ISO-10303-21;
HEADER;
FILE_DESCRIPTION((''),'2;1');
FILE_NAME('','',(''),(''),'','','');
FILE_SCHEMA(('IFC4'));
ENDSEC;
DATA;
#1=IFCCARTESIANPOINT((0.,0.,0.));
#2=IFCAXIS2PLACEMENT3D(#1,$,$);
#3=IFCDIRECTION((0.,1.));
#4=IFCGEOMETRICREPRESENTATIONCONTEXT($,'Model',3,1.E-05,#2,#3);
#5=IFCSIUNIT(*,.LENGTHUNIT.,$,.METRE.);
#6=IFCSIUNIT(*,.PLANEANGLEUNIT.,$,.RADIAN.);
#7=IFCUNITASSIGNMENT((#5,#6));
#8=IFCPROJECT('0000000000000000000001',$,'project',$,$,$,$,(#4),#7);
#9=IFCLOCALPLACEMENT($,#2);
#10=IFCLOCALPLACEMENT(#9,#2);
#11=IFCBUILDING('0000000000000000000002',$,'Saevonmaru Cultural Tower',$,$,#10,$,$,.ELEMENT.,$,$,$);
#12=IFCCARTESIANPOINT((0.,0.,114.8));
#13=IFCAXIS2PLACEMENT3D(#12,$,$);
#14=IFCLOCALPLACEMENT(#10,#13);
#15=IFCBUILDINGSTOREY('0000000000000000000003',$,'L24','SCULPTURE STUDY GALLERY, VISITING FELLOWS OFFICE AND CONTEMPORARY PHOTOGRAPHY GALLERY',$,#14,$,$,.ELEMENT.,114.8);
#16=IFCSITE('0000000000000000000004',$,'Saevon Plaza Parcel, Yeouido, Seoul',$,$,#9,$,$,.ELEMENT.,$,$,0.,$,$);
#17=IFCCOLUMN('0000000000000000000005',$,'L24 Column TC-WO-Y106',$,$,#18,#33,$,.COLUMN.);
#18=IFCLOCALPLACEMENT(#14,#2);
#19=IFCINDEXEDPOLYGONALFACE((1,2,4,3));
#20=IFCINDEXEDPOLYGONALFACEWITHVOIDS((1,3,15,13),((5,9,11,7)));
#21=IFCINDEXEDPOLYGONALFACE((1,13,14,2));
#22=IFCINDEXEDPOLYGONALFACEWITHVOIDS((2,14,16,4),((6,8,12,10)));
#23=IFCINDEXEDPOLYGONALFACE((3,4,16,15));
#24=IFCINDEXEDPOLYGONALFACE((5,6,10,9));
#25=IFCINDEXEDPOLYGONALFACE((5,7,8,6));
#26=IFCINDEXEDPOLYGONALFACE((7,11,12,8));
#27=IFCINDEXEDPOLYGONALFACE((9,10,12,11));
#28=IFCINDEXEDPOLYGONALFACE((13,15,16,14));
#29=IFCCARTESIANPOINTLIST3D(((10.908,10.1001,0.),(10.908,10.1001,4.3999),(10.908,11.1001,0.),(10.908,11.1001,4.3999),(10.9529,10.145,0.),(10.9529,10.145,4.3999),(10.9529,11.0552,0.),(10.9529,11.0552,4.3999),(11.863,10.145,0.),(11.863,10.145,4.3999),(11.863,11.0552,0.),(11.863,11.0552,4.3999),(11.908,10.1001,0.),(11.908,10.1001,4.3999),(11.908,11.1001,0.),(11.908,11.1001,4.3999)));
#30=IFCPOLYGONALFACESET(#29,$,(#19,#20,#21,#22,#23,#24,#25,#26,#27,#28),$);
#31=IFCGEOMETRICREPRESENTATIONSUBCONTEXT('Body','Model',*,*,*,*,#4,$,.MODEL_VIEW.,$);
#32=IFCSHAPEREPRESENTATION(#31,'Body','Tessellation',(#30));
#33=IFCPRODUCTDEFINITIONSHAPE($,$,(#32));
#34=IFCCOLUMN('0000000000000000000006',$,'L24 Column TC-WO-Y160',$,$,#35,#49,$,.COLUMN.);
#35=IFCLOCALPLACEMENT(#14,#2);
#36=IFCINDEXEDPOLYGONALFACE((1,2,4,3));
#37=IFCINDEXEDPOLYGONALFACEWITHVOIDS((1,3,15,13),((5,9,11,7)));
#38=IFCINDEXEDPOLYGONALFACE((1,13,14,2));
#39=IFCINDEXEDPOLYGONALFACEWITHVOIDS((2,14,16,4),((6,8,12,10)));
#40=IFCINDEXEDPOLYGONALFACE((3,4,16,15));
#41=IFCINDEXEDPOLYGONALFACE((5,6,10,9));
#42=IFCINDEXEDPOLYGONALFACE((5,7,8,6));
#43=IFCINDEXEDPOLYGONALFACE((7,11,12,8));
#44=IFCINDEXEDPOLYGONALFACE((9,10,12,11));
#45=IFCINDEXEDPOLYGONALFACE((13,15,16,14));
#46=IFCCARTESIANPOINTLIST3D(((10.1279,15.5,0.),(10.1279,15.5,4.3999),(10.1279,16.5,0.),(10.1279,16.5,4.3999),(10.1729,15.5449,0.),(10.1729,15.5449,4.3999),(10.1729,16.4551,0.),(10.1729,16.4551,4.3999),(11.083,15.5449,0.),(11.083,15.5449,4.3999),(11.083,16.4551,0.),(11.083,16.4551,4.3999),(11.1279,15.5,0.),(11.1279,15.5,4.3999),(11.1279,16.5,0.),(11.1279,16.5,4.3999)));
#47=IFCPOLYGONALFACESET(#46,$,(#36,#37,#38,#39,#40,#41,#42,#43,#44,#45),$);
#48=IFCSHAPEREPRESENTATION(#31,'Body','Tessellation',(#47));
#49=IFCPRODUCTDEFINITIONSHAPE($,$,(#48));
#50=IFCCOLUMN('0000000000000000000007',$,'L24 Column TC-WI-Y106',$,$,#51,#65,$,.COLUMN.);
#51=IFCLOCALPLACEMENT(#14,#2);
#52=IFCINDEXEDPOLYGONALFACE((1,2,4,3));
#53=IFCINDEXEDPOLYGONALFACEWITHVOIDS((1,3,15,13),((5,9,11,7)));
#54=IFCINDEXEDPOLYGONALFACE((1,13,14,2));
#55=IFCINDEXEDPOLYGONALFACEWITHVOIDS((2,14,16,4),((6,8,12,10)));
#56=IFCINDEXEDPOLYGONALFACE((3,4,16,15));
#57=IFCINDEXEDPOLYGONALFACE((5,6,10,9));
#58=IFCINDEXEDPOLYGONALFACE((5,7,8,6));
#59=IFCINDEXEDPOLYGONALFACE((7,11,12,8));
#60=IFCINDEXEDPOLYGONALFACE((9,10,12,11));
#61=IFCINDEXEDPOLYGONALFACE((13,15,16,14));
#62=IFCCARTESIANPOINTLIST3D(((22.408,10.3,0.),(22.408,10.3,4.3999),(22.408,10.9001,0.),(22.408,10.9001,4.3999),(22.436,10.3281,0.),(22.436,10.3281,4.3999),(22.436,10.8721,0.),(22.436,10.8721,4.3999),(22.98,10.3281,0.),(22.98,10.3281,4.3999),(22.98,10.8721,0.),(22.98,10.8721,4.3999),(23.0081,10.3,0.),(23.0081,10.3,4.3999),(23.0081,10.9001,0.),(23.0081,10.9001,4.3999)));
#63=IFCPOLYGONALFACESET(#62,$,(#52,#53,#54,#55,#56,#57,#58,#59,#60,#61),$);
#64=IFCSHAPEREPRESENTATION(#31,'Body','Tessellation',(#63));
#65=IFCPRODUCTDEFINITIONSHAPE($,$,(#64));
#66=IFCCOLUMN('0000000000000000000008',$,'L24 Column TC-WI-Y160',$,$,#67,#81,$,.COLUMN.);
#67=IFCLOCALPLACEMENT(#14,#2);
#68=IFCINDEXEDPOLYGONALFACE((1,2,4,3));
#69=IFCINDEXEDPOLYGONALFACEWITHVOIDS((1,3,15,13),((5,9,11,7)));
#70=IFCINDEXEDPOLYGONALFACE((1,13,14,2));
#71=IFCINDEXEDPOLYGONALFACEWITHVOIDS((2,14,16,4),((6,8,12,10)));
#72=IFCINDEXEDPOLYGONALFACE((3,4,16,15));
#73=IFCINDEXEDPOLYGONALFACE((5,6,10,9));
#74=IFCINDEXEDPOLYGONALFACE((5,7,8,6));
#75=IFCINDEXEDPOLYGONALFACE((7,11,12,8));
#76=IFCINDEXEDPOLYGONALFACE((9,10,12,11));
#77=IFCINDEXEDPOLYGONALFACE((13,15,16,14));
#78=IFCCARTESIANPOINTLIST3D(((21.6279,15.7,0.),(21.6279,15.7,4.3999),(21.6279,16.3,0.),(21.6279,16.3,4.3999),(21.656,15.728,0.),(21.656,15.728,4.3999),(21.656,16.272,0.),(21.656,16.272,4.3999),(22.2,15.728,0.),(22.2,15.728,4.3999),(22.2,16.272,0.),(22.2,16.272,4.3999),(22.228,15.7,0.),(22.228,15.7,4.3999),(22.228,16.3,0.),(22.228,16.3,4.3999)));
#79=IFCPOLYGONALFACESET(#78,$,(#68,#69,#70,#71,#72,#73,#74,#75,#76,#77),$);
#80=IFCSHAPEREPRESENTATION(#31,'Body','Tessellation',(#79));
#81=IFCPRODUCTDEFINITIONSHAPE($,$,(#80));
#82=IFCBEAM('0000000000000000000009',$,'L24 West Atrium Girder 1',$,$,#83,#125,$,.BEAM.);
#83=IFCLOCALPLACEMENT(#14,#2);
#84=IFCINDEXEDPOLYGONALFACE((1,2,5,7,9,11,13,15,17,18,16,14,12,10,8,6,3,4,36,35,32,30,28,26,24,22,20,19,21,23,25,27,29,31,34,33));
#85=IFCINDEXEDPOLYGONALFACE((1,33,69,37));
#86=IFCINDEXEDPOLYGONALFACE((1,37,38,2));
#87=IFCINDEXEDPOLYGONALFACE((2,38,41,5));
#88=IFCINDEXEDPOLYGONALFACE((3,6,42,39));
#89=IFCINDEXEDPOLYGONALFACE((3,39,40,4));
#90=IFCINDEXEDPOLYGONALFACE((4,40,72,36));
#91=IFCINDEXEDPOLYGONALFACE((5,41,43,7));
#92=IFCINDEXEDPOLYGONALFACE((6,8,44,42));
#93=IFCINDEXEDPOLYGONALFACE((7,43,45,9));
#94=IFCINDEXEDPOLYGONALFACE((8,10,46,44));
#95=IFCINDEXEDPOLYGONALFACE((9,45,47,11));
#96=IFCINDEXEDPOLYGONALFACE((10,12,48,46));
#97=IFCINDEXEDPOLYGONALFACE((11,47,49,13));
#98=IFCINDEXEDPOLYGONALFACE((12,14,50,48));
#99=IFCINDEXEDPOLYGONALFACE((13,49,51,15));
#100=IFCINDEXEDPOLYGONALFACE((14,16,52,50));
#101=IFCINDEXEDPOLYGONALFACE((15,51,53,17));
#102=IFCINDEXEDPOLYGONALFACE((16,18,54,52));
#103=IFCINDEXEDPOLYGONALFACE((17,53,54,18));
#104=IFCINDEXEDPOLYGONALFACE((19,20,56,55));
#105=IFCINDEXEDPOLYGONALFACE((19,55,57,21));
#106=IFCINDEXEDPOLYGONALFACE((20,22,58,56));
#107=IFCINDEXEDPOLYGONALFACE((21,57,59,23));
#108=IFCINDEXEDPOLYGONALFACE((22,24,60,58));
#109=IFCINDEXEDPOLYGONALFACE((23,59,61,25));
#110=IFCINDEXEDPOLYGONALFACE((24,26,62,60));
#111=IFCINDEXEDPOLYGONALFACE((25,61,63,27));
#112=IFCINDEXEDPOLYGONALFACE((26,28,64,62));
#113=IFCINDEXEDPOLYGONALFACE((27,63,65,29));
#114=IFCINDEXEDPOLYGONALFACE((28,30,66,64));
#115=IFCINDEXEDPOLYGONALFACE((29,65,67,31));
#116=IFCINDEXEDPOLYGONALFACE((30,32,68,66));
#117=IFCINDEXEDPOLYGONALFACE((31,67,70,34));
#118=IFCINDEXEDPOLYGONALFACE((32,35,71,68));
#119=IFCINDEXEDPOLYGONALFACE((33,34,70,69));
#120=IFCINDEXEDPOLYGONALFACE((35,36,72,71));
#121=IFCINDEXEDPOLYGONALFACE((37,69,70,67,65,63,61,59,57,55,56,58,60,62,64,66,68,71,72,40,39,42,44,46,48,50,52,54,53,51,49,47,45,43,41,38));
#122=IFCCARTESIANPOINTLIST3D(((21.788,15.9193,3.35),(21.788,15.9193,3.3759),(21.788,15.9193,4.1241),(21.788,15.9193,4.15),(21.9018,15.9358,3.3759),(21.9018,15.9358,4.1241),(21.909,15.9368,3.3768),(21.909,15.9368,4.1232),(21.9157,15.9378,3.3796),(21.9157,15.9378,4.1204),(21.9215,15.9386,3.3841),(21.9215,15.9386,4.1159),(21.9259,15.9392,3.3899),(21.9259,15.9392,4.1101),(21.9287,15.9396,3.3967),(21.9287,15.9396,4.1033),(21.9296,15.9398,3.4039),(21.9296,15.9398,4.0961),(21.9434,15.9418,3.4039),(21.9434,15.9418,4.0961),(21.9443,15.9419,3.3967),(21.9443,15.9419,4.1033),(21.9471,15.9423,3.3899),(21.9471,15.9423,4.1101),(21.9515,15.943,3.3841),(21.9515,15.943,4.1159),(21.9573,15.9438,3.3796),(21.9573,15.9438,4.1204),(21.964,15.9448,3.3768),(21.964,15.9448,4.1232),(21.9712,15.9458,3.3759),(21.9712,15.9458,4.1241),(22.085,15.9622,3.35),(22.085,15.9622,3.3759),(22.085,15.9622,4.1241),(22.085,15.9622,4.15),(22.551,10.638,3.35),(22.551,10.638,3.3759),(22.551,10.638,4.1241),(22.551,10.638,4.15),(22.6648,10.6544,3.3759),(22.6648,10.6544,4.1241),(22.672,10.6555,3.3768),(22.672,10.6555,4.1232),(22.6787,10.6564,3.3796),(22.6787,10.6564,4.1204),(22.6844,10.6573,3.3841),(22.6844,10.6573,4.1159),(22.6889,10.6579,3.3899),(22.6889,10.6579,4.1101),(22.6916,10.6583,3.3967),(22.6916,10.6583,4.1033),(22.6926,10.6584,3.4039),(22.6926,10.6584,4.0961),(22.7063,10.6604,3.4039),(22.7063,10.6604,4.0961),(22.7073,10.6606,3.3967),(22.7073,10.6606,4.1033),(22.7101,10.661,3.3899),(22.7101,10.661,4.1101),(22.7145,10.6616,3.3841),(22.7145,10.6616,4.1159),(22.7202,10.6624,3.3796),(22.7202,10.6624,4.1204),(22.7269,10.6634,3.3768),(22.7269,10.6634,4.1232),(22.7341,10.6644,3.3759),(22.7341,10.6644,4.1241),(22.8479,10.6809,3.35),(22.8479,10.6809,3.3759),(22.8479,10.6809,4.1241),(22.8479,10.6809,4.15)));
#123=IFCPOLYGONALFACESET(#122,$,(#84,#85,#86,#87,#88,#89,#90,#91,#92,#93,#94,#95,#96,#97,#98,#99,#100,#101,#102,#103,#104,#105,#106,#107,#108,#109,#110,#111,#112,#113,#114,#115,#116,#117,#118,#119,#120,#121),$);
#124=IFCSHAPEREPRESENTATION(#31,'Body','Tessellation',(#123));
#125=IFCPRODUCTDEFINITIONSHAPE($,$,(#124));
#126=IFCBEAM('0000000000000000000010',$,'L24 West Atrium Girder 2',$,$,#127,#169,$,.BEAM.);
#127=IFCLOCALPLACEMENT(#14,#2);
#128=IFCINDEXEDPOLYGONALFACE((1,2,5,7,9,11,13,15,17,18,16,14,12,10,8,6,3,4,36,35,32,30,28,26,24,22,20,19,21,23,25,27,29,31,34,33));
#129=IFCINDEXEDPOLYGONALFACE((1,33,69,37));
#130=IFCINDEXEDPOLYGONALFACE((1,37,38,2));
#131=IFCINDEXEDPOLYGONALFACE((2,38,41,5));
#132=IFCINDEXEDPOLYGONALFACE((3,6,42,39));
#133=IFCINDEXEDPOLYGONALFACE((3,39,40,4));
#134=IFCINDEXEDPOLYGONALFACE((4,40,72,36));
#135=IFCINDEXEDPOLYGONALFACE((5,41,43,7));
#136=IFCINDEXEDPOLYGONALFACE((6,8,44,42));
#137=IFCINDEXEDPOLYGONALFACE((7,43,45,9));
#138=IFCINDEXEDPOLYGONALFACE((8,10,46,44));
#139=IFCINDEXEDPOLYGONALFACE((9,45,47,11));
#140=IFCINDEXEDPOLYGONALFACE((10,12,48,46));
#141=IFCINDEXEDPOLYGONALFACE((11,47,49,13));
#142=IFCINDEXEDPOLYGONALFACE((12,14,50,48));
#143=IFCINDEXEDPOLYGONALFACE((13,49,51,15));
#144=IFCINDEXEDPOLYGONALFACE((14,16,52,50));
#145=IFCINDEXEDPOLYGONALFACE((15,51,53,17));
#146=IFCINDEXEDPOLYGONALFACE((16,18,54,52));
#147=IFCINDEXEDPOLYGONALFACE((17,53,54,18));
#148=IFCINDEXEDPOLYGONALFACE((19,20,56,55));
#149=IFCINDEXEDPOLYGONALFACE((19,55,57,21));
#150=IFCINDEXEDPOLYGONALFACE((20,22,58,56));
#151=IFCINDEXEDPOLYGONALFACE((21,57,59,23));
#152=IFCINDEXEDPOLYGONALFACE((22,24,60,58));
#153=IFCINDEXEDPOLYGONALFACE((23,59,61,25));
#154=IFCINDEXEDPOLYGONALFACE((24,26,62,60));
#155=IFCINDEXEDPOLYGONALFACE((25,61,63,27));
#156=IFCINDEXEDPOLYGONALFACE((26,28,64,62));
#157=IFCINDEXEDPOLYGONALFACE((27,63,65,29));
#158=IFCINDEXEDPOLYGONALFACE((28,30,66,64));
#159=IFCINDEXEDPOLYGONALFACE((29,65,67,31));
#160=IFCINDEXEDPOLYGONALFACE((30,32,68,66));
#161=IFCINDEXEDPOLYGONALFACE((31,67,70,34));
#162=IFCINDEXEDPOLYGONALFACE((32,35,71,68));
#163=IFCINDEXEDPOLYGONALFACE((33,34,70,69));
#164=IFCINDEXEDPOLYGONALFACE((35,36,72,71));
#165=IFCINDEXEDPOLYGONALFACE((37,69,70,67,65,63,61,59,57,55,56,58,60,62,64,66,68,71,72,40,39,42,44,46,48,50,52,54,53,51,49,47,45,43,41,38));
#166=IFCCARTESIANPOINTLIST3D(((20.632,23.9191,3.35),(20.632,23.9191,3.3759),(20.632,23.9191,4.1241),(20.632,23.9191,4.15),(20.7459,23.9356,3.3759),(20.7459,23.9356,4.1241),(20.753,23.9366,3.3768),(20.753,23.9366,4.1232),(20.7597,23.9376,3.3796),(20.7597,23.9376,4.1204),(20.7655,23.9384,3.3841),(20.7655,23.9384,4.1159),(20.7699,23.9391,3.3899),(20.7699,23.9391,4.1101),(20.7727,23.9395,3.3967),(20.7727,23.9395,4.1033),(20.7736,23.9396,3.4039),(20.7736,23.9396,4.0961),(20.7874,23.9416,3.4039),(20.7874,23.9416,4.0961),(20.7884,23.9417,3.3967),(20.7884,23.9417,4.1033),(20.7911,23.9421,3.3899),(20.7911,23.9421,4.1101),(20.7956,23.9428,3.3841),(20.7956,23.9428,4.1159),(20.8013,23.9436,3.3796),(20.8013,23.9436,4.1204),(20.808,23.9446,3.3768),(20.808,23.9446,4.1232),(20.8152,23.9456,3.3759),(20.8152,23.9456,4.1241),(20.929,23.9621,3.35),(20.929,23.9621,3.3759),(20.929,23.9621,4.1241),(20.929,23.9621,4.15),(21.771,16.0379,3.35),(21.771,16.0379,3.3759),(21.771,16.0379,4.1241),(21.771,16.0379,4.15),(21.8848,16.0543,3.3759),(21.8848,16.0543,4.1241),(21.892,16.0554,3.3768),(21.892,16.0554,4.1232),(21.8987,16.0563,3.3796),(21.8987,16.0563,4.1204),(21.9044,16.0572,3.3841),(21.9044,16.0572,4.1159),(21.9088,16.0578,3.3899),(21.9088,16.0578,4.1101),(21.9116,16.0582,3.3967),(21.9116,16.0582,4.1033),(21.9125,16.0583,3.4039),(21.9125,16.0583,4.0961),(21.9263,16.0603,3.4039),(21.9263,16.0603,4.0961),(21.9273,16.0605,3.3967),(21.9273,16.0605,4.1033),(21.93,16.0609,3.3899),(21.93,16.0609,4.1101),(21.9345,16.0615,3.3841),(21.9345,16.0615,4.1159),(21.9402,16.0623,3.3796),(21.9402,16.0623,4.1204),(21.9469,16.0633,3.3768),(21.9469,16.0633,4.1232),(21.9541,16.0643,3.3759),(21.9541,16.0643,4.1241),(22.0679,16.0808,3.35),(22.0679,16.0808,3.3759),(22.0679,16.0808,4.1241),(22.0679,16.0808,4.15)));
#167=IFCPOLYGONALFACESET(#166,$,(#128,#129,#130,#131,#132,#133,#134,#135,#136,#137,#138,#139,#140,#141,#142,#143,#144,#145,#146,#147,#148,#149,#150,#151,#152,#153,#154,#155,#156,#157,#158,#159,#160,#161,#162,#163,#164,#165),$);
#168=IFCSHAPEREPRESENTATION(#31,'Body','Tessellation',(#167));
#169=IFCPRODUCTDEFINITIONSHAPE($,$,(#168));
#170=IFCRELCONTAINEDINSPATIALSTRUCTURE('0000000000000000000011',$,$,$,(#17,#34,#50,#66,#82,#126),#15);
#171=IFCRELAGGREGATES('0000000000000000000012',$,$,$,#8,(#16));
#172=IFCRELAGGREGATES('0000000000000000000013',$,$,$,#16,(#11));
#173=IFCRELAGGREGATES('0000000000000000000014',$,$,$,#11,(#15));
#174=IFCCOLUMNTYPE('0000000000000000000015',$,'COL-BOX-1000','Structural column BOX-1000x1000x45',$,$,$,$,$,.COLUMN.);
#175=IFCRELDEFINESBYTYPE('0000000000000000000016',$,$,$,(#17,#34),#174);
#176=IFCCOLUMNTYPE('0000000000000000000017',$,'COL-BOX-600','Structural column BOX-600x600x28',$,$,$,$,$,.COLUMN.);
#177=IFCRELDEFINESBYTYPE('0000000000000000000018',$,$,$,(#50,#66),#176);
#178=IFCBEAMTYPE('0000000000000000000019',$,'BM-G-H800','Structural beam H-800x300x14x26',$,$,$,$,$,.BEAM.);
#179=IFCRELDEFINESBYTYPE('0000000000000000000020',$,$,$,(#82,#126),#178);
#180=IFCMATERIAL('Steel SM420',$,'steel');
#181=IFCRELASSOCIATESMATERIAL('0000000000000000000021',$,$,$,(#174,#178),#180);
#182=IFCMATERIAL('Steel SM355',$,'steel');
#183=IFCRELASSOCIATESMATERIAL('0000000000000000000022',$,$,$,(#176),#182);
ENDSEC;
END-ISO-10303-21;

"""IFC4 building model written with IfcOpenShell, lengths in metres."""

from ifc_helpers import new_model, si_unit, direction, frame, origin, origin_2d, place, context, subcontext, project, spatial, hollow_rectangle, i_section, extrude, material, material_profile, profile_set, type_object, element, save


model = new_model("IFC4")

# Units and contexts
model_context = context("Model", 3, precision=1e-05, world=origin(), true_north=direction((0.0, 1.0)))
body_context = subcontext(model_context, "Body", "Model", "MODEL_VIEW")
ifc_project = project(units=[si_unit("LENGTHUNIT", "METRE"), si_unit("PLANEANGLEUNIT", "RADIAN")], contexts=[model_context])

# Site, building, storey
site_placement = place(None, origin())
site = spatial("IfcSite", under=ifc_project, at=site_placement, Name="Saevon Plaza Parcel, Yeouido, Seoul", CompositionType="ELEMENT", RefElevation=0.0)
building_placement = place(site_placement, origin())
building = spatial("IfcBuilding", under=site, at=building_placement, Name="Saevonmaru Cultural Tower", CompositionType="ELEMENT")
storey_placement = place(building_placement, frame((0.0, 0.0, 114.8)))
storey = spatial("IfcBuildingStorey", under=building, at=storey_placement, Name="L24", Description="SCULPTURE STUDY GALLERY, VISITING FELLOWS OFFICE AND CONTEMPORARY PHOTOGRAPHY GALLERY", CompositionType="ELEMENT", Elevation=114.8)

# Columns
ifc_material_1 = material(Name="Steel SM420", Category="steel")
ifc_material_profile_1 = material_profile(ifc_material_1, hollow_rectangle(XDim=1.0, YDim=1.0, WallThickness=0.0449, at=origin_2d()), Name="BOX-1000x1000x45")
ifc_profile_set_1 = profile_set([ifc_material_profile_1], Name="Steel SM420")
column_type_1 = type_object("IfcColumnType", Name="COL-BOX-1000", Description="Structural column BOX-1000x1000x45", PredefinedType="COLUMN", material=ifc_profile_set_1)
for number, where, z_axis, x_axis, name in (
    (1, (11.408, 10.6001, 0.0), (0.0, 0.0, 1.0), (1.0, 0.0, 0.0), "L24 Column TC-WO-Y106"),
    (2, (10.6279, 16.0, 0.0), (0.0, 0.0, 1.0), (1.0, 0.0, 0.0), "L24 Column TC-WO-Y160"),
):
    element("IfcColumn", number, at=place(storey_placement, frame(where, z_axis=z_axis, x_axis=x_axis)), inside=storey, type_object=column_type_1, Name=name, PredefinedType="COLUMN", context=body_context, shape_type="SweptSolid", body=[
        extrude(hollow_rectangle(XDim=1.0, YDim=1.0, WallThickness=0.0449, at=origin_2d()), origin(), (0.0, 0.0, 1.0), 4.3999),
    ])
ifc_material_2 = material(Name="Steel SM355", Category="steel")
ifc_material_profile_2 = material_profile(ifc_material_2, hollow_rectangle(XDim=0.6001, YDim=0.6001, WallThickness=0.0281, at=origin_2d()), Name="BOX-600x600x28")
ifc_profile_set_2 = profile_set([ifc_material_profile_2], Name="Steel SM355")
column_type_2 = type_object("IfcColumnType", Name="COL-BOX-600", Description="Structural column BOX-600x600x28", PredefinedType="COLUMN", material=ifc_profile_set_2)
for number, where, z_axis, x_axis, name in (
    (3, (22.708, 10.6001, 0.0), (0.0, 0.0, 1.0), (1.0, 0.0, 0.0), "L24 Column TC-WI-Y106"),
    (4, (21.928, 16.0, 0.0), (0.0, 0.0, 1.0), (1.0, 0.0, 0.0), "L24 Column TC-WI-Y160"),
):
    element("IfcColumn", number, at=place(storey_placement, frame(where, z_axis=z_axis, x_axis=x_axis)), inside=storey, type_object=column_type_2, Name=name, PredefinedType="COLUMN", context=body_context, shape_type="SweptSolid", body=[
        extrude(hollow_rectangle(XDim=0.6001, YDim=0.6001, WallThickness=0.0281, at=origin_2d()), origin(), (0.0, 0.0, 1.0), 4.3999),
    ])

# Beams
ifc_material_profile_3 = material_profile(ifc_material_1, i_section(OverallWidth=0.3, OverallDepth=0.8, WebThickness=0.0139, FlangeThickness=0.0259, FilletRadius=0.0281, at=origin_2d()), Name="H-800x300x14x26")
ifc_profile_set_3 = profile_set([ifc_material_profile_3], Name="Steel SM420")
beam_type_1 = type_object("IfcBeamType", Name="BM-G-H800", Description="Structural beam H-800x300x14x26", PredefinedType="BEAM", material=ifc_profile_set_3)
beam_1_placement = place(storey_placement, frame((22.6995, 10.6594, 3.75), z_axis=(-0.142978, 0.989726, 0.0), x_axis=(-0.989726, -0.142978, 0.0)))
element("IfcBeam", 5, at=beam_1_placement, inside=storey, type_object=beam_type_1, Name="L24 West Atrium Girder 1", PredefinedType="BEAM", context=body_context, shape_type="SweptSolid", body=[
    extrude(i_section(OverallWidth=0.3, OverallDepth=0.8, WebThickness=0.0139, FlangeThickness=0.0259, FilletRadius=0.0281, at=origin_2d()), origin(), (0.0, 0.0, 1.0), 5.3362),
])
beam_2_placement = place(storey_placement, frame((21.9194, 16.0593, 3.75), z_axis=(-0.143022, 0.989719, 0.0), x_axis=(-0.989719, -0.143022, 0.0)))
element("IfcBeam", 6, at=beam_2_placement, inside=storey, type_object=beam_type_1, Name="L24 West Atrium Girder 2", PredefinedType="BEAM", context=body_context, shape_type="SweptSolid", body=[
    extrude(i_section(OverallWidth=0.3, OverallDepth=0.8, WebThickness=0.0139, FlangeThickness=0.0259, FilletRadius=0.0281, at=origin_2d()), origin(), (0.0, 0.0, 1.0), 7.9631),
])

save(model, "model.ifc")
